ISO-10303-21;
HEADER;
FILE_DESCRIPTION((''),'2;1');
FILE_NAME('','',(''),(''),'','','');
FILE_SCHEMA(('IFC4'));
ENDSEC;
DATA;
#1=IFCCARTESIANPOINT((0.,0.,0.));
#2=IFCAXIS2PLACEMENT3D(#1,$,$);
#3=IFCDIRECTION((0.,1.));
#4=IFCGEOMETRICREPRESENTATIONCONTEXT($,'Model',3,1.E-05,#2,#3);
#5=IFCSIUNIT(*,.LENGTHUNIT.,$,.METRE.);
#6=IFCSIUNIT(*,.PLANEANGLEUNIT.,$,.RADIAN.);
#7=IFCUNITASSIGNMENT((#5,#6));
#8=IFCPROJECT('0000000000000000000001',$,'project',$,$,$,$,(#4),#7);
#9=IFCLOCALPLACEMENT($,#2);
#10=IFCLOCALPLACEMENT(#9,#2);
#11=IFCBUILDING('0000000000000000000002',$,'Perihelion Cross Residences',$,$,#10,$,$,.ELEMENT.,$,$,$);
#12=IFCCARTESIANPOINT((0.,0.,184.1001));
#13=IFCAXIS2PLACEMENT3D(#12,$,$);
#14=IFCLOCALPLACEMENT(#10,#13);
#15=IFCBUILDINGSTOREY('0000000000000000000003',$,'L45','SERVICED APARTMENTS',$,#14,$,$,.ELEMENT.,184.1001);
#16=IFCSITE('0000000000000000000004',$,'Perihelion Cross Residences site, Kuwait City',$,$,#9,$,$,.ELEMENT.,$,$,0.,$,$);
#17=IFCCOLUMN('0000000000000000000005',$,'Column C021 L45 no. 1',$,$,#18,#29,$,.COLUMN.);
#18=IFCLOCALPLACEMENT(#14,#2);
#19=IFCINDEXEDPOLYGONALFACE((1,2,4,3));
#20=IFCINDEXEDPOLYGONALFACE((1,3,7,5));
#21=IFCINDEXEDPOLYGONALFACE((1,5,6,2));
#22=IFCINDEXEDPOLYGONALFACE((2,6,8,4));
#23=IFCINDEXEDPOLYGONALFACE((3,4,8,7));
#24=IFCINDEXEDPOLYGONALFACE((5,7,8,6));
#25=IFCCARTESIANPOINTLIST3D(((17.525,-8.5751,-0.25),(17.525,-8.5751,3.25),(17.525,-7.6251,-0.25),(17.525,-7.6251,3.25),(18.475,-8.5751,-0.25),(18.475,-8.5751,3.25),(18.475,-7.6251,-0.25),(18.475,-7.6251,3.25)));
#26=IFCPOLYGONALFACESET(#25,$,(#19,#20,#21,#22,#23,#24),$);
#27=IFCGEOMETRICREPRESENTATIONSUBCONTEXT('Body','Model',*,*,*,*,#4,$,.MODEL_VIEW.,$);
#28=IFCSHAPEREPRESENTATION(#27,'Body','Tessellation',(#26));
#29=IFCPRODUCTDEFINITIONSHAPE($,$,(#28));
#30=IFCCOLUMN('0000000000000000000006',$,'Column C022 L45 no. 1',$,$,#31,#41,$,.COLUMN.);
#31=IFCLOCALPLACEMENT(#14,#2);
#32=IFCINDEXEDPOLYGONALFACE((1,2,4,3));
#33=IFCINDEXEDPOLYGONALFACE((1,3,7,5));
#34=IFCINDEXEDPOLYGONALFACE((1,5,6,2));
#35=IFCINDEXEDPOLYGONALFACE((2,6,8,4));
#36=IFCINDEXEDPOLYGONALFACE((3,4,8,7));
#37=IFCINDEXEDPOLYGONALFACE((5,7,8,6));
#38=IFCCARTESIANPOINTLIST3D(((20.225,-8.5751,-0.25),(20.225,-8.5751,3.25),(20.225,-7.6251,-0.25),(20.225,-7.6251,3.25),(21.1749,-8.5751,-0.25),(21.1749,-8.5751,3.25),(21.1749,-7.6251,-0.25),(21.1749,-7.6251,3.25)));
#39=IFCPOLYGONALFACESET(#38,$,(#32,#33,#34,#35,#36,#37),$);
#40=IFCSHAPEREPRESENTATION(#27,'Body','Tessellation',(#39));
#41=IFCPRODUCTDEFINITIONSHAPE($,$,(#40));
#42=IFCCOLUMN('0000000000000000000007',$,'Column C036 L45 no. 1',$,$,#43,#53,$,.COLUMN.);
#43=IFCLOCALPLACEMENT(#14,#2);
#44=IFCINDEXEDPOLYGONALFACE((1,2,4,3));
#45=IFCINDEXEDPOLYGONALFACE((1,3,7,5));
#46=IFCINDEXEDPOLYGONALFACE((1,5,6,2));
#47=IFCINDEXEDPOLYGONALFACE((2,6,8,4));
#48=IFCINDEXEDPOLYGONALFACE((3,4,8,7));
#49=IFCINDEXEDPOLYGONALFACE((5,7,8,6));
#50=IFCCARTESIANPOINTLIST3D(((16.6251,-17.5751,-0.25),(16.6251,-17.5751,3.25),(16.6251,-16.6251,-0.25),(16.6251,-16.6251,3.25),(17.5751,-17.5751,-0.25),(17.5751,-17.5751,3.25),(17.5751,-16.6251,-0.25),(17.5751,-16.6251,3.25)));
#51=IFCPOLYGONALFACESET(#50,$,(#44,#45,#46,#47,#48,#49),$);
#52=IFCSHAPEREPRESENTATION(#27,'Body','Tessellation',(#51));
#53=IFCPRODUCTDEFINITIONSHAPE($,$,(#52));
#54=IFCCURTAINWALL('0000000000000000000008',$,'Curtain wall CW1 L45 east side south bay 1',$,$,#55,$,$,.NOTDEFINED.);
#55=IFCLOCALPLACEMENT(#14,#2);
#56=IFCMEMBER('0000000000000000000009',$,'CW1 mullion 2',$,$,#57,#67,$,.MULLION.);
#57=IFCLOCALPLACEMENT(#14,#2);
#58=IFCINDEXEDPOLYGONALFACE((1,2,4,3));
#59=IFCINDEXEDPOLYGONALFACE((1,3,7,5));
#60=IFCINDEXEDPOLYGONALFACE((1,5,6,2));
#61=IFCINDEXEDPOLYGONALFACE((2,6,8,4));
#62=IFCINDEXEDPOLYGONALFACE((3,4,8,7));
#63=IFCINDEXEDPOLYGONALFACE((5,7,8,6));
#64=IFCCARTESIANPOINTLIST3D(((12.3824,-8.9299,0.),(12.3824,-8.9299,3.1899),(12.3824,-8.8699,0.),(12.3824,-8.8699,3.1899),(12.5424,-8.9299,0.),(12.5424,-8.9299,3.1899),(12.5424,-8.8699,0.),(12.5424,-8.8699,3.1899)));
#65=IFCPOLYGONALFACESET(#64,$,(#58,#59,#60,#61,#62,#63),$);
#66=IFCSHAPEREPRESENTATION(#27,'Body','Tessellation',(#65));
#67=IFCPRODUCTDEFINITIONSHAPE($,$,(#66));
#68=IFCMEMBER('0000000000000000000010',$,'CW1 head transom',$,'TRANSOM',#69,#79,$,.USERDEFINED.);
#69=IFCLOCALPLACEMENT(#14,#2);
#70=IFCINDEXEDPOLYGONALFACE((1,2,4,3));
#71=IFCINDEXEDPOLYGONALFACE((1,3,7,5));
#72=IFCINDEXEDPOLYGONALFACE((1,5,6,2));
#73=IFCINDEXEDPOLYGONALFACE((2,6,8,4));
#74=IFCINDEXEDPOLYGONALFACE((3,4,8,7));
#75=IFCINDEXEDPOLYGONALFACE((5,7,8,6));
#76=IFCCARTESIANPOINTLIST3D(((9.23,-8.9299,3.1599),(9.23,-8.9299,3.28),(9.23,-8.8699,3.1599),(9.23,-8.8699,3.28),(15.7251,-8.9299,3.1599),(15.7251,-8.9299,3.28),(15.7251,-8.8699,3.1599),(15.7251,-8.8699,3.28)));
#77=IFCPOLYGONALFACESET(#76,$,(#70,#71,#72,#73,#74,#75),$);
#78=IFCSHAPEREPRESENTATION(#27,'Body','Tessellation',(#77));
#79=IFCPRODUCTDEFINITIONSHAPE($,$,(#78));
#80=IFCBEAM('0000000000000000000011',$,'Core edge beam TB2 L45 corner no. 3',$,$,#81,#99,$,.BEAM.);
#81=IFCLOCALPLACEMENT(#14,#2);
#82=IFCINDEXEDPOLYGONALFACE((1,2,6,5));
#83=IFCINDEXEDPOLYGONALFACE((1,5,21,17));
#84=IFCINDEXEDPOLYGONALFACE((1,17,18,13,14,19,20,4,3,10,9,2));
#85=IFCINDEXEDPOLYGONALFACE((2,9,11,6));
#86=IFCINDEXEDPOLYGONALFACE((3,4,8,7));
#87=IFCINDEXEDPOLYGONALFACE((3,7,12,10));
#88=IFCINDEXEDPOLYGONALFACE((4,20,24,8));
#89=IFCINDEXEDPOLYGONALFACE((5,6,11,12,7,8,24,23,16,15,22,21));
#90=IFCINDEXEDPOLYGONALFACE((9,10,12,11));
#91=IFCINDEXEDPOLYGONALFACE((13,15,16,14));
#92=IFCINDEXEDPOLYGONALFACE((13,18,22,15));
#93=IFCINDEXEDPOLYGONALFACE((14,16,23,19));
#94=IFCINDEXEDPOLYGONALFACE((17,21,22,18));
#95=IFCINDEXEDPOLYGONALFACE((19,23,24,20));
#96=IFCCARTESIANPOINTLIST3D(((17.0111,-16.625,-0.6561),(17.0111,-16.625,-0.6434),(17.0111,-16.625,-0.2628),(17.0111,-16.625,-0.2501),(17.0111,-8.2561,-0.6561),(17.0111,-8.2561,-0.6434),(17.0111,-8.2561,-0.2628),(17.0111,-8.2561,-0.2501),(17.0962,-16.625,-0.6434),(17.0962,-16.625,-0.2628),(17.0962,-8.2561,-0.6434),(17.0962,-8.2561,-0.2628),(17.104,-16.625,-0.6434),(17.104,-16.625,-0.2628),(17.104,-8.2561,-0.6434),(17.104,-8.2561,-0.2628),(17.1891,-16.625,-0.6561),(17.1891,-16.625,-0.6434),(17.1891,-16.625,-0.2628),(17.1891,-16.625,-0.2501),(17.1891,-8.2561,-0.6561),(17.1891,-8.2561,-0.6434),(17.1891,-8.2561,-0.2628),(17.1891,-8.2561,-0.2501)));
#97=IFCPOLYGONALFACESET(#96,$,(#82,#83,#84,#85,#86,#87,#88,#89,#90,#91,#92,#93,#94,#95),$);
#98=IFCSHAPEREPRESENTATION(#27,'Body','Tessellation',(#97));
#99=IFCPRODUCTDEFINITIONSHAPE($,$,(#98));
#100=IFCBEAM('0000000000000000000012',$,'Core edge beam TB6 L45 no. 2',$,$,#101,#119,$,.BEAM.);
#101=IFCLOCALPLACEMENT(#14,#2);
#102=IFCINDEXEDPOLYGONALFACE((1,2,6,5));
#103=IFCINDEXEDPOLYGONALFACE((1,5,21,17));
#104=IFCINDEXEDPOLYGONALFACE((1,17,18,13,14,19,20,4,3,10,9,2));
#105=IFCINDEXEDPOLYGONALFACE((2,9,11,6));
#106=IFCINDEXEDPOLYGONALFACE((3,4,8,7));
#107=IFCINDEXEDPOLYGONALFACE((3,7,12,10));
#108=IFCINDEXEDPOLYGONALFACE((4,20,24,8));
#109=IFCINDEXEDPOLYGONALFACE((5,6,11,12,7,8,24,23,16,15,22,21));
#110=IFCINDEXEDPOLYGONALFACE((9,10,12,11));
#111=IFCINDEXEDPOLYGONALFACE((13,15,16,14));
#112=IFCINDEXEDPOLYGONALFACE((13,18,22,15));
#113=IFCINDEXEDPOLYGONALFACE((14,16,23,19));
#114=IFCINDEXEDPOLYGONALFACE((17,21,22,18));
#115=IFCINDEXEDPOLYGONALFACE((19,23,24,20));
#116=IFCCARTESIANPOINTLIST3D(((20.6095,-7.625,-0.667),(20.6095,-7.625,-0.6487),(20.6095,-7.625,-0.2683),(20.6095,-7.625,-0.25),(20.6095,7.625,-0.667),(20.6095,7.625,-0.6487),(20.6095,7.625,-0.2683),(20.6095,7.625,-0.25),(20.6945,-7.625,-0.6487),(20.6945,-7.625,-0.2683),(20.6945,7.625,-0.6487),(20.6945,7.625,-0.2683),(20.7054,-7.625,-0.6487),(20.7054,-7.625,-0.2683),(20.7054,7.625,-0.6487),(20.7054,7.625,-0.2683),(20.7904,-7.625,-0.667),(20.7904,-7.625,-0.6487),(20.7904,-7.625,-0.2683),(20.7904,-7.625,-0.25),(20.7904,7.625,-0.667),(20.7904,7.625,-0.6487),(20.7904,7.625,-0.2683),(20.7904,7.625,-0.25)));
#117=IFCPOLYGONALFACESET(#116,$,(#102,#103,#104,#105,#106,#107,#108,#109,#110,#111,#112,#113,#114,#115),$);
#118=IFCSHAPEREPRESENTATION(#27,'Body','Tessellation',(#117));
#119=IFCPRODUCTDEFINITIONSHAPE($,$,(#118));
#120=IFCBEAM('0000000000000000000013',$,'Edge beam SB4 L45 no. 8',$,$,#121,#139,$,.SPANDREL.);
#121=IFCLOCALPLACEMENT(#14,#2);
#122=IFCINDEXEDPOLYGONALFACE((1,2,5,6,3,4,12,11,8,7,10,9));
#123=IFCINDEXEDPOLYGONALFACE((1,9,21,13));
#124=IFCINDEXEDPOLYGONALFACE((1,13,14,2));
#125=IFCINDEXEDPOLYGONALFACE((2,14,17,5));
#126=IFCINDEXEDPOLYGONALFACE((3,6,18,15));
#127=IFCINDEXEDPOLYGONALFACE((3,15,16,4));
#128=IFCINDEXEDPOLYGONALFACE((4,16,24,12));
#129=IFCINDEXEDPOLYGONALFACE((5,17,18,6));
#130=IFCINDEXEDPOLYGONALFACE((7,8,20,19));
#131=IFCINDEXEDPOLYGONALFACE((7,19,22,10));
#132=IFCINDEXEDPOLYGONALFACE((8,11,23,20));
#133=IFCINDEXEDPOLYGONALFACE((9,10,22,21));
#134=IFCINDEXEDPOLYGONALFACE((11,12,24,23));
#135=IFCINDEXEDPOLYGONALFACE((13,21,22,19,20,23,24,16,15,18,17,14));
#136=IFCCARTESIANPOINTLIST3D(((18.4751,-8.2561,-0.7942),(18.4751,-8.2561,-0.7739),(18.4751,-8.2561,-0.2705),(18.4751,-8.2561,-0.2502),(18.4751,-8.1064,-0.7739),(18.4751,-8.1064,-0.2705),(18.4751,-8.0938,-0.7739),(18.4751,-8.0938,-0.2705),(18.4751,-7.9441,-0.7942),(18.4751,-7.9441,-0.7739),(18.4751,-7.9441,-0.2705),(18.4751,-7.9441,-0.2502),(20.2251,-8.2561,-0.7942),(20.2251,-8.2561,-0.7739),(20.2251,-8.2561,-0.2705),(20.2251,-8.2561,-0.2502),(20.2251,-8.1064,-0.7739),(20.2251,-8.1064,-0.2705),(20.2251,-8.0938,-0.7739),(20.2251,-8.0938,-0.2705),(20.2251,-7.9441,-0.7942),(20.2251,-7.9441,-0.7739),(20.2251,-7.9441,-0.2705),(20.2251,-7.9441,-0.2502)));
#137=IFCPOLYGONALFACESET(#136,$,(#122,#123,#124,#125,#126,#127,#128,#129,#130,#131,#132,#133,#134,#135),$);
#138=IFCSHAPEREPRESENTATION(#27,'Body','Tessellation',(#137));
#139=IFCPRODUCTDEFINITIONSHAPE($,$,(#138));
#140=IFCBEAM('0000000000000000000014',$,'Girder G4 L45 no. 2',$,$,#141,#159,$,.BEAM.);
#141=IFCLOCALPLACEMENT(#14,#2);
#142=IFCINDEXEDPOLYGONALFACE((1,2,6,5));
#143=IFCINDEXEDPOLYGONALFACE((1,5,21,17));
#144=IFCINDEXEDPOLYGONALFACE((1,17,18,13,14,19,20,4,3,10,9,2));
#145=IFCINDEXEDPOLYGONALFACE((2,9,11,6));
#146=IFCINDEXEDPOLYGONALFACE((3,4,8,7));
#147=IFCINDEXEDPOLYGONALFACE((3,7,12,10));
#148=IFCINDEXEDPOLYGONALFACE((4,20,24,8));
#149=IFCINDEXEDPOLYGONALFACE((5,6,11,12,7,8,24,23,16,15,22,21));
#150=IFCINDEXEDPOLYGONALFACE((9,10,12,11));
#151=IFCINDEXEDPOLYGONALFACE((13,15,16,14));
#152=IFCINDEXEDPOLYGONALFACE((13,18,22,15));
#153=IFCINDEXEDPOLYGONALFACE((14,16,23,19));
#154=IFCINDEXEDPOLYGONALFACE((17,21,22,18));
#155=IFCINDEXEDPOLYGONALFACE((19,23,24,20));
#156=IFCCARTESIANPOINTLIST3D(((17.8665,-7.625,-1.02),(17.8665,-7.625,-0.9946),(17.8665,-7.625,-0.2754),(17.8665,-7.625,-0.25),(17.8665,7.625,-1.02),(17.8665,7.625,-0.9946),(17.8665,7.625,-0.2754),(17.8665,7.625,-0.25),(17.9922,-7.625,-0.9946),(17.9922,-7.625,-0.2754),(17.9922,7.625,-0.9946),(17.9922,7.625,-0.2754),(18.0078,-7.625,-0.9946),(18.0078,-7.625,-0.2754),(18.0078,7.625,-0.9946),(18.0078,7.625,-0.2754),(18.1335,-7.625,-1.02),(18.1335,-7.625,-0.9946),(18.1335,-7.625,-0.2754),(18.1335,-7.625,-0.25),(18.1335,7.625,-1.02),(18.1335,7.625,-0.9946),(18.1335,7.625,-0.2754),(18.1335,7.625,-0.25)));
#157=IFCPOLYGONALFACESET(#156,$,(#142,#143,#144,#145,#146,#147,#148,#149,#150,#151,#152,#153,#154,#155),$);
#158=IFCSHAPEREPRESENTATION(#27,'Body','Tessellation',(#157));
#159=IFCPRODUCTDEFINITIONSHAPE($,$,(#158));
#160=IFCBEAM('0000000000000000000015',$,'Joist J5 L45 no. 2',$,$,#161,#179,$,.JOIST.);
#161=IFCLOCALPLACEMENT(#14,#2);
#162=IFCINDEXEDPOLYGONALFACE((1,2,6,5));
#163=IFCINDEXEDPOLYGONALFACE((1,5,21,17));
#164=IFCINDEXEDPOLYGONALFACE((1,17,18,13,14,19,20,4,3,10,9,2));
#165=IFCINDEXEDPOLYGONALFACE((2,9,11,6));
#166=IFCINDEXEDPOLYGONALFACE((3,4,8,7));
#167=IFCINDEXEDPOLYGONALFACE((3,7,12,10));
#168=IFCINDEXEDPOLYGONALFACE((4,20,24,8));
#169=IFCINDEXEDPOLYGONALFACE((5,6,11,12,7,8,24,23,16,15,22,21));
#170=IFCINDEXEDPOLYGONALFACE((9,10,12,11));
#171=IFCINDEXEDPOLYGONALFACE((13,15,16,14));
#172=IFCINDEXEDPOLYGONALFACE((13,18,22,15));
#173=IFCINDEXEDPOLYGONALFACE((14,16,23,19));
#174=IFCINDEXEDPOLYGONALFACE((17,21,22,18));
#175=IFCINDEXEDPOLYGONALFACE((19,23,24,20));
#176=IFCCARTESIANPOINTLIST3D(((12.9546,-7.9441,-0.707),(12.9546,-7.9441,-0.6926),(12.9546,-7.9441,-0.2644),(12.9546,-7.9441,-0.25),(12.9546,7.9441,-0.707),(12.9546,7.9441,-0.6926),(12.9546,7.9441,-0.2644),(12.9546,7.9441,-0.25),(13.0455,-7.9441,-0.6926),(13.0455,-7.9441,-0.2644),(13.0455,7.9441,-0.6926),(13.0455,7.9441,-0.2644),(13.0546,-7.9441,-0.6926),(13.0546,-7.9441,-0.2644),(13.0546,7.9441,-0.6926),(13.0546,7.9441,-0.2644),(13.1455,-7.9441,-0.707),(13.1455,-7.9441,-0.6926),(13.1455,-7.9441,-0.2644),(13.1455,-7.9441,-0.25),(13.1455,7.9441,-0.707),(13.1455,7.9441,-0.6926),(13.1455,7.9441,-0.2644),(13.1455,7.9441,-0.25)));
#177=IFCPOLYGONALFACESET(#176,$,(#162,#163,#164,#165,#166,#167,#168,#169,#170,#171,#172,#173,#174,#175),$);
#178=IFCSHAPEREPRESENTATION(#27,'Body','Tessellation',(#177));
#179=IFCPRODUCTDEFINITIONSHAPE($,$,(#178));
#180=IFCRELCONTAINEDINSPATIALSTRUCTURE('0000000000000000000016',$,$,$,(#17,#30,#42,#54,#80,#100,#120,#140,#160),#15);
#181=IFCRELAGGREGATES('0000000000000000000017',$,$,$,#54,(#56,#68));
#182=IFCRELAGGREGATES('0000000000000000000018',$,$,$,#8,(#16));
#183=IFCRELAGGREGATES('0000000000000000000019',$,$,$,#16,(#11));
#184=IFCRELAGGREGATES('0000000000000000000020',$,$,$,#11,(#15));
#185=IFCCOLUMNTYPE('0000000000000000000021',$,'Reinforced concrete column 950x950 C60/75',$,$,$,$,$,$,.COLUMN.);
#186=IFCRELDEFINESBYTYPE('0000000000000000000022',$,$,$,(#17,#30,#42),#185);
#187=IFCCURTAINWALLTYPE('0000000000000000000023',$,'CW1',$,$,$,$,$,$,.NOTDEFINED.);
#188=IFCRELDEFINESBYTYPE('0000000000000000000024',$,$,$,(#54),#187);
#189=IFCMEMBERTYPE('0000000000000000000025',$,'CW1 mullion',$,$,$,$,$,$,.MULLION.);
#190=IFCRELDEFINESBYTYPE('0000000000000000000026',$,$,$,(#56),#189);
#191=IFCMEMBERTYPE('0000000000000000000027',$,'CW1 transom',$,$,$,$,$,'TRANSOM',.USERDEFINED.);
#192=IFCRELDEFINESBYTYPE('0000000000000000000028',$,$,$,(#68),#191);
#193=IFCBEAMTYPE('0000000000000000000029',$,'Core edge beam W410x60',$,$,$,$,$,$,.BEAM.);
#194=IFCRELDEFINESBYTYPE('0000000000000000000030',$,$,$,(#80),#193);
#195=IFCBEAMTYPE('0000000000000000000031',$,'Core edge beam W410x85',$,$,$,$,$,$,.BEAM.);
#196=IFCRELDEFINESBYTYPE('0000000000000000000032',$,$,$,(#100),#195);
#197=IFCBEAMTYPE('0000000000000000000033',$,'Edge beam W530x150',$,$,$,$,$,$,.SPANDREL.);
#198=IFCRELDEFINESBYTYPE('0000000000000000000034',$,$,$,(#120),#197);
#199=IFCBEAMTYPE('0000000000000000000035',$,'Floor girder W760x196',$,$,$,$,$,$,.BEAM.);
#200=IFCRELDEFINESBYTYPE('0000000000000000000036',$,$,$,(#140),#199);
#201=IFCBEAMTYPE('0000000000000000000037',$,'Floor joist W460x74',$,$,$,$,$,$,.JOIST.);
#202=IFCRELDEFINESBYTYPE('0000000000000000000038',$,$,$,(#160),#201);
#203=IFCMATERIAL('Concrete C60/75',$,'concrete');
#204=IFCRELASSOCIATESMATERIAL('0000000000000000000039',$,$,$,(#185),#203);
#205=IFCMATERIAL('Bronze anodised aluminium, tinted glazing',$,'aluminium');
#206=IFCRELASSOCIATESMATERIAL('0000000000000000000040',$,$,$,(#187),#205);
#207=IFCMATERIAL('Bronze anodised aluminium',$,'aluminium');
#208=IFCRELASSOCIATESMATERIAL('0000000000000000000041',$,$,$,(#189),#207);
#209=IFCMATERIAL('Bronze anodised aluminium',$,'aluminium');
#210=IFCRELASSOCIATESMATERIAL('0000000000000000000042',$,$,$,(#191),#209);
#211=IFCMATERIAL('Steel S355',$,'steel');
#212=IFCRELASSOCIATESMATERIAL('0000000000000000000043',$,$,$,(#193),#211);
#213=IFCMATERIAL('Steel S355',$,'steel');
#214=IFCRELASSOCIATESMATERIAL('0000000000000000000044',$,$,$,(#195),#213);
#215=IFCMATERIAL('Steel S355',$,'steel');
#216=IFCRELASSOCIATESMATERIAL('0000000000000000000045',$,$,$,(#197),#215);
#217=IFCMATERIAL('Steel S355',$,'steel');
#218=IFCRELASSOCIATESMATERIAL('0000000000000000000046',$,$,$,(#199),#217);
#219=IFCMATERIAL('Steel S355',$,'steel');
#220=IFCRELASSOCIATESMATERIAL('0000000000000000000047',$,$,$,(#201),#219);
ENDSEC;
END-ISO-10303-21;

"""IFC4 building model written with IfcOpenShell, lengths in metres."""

from ifc_helpers import new_model, si_unit, direction, frame, origin, origin_2d, place, context, subcontext, project, spatial, rectangle, i_section, extrude, material, material_profile, profile_set, type_object, element, aggregate, save


model = new_model("IFC4")

# Units and contexts
model_context = context("Model", 3, precision=1e-05, world=origin(), true_north=direction((0.0, 1.0)))
body_context = subcontext(model_context, "Body", "Model", "MODEL_VIEW")
ifc_project = project(units=[si_unit("LENGTHUNIT", "METRE"), si_unit("PLANEANGLEUNIT", "RADIAN")], contexts=[model_context])

# Site, building, storey
site_placement = place(None, origin())
site = spatial("IfcSite", under=ifc_project, at=site_placement, Name="Perihelion Cross Residences site, Kuwait City", CompositionType="ELEMENT", RefElevation=0.0)
building_placement = place(site_placement, origin())
building = spatial("IfcBuilding", under=site, at=building_placement, Name="Perihelion Cross Residences", CompositionType="ELEMENT")
storey_placement = place(building_placement, frame((0.0, 0.0, 184.1001)))
storey = spatial("IfcBuildingStorey", under=building, at=storey_placement, Name="L45", Description="SERVICED APARTMENTS", CompositionType="ELEMENT", Elevation=184.1001)

# Columns
ifc_material_1 = material(Name="Concrete C60/75", Category="concrete")
ifc_material_profile_1 = material_profile(ifc_material_1, rectangle(XDim=0.95, YDim=0.95, at=origin_2d()), Name="RC 950x950")
ifc_profile_set_1 = profile_set([ifc_material_profile_1], Name="Concrete C60/75")
column_type = type_object("IfcColumnType", Name="Reinforced concrete column 950x950 C60/75", PredefinedType="COLUMN", material=ifc_profile_set_1)
for number, where, z_axis, x_axis, name in (
    (1, (18.0, -8.1001, -0.25), (0.0, 0.0, 1.0), (1.0, 0.0, 0.0), "Column C021 L45 no. 1"),
    (2, (20.7, -8.1001, -0.25), (0.0, 0.0, 1.0), (1.0, 0.0, 0.0), "Column C022 L45 no. 1"),
    (3, (17.1001, -17.1001, -0.25), (0.0, 0.0, 1.0), (1.0, 0.0, 0.0), "Column C036 L45 no. 1"),
):
    element("IfcColumn", number, at=place(storey_placement, frame(where, z_axis=z_axis, x_axis=x_axis)), inside=storey, type_object=column_type, Name=name, PredefinedType="COLUMN", context=body_context, shape_type="SweptSolid", body=[
        extrude(rectangle(XDim=0.95, YDim=0.95, at=origin_2d()), origin(), (0.0, 0.0, 1.0), 3.5),
    ])

# Curtain wall, members
ifc_material_2 = material(Name="Bronze anodised aluminium, tinted glazing", Category="aluminium")
curtain_wall_type = type_object("IfcCurtainWallType", Name="CW1", PredefinedType="NOTDEFINED", material=ifc_material_2)
curtain_wall_placement = place(storey_placement, origin())
curtain_wall = element("IfcCurtainWall", 4, at=curtain_wall_placement, inside=storey, type_object=curtain_wall_type, Name="Curtain wall CW1 L45 east side south bay 1", PredefinedType="NOTDEFINED")
ifc_material_3 = material(Name="Bronze anodised aluminium", Category="aluminium")
ifc_material_profile_2 = material_profile(ifc_material_3, rectangle(XDim=0.0601, YDim=0.1599, at=origin_2d()), Name="CW1 mullion")
ifc_profile_set_2 = profile_set([ifc_material_profile_2], Name="Bronze anodised aluminium")
member_type_1 = type_object("IfcMemberType", Name="CW1 mullion", PredefinedType="MULLION", material=ifc_profile_set_2)
member_1_placement = place(storey_placement, frame((12.4624, -8.8999, 0.0), z_axis=(0.0, 0.0, 1.0), x_axis=(0.0, 1.0, 0.0)))
member_1 = element("IfcMember", 5, at=member_1_placement, type_object=member_type_1, Name="CW1 mullion 2", PredefinedType="MULLION", context=body_context, shape_type="SweptSolid", body=[
    extrude(rectangle(XDim=0.0601, YDim=0.1599, at=origin_2d()), origin(), (0.0, 0.0, 1.0), 3.1899),
])
ifc_material_4 = material(Name="Bronze anodised aluminium", Category="aluminium")
ifc_material_profile_3 = material_profile(ifc_material_4, rectangle(XDim=0.0601, YDim=0.1201, at=origin_2d()), Name="CW1 transom")
ifc_profile_set_3 = profile_set([ifc_material_profile_3], Name="Bronze anodised aluminium")
member_type_2 = type_object("IfcMemberType", Name="CW1 transom", ElementType="TRANSOM", PredefinedType="USERDEFINED", material=ifc_profile_set_3)
member_2_placement = place(storey_placement, frame((9.23, -8.8999, 3.22), z_axis=(1.0, 0.0, 0.0), x_axis=(0.0, 1.0, 0.0)))
member_2 = element("IfcMember", 6, at=member_2_placement, type_object=member_type_2, Name="CW1 head transom", ObjectType="TRANSOM", PredefinedType="USERDEFINED", context=body_context, shape_type="SweptSolid", body=[
    extrude(rectangle(XDim=0.0601, YDim=0.1201, at=origin_2d()), origin(), (0.0, 0.0, 1.0), 6.4951),
])

# Beams
ifc_material_5 = material(Name="Steel S355", Category="steel")
ifc_material_profile_4 = material_profile(ifc_material_5, i_section(OverallWidth=0.178, OverallDepth=0.406, WebThickness=0.0078, FlangeThickness=0.0127, at=origin_2d()), Name="W410x60")
ifc_profile_set_4 = profile_set([ifc_material_profile_4], Name="Steel S355")
beam_type_1 = type_object("IfcBeamType", Name="Core edge beam W410x60", PredefinedType="BEAM", material=ifc_profile_set_4)
beam_1_placement = place(storey_placement, frame((17.1001, -8.2561, -0.4531), z_axis=(0.0, -1.0, 0.0), x_axis=(1.0, 0.0, 0.0)))
element("IfcBeam", 7, at=beam_1_placement, inside=storey, type_object=beam_type_1, Name="Core edge beam TB2 L45 corner no. 3", PredefinedType="BEAM", context=body_context, shape_type="SweptSolid", body=[
    extrude(i_section(OverallWidth=0.178, OverallDepth=0.406, WebThickness=0.0078, FlangeThickness=0.0127, at=origin_2d()), origin(), (0.0, 0.0, 1.0), 8.3689),
])
ifc_material_6 = material(Name="Steel S355", Category="steel")
ifc_material_profile_5 = material_profile(ifc_material_6, i_section(OverallWidth=0.1809, OverallDepth=0.417, WebThickness=0.011, FlangeThickness=0.0183, at=origin_2d()), Name="W410x85")
ifc_profile_set_5 = profile_set([ifc_material_profile_5], Name="Steel S355")
beam_type_2 = type_object("IfcBeamType", Name="Core edge beam W410x85", PredefinedType="BEAM", material=ifc_profile_set_5)
beam_2_placement = place(storey_placement, frame((20.7, -7.625, -0.4585), z_axis=(0.0, 1.0, 0.0), x_axis=(-1.0, 0.0, 0.0)))
element("IfcBeam", 8, at=beam_2_placement, inside=storey, type_object=beam_type_2, Name="Core edge beam TB6 L45 no. 2", PredefinedType="BEAM", context=body_context, shape_type="SweptSolid", body=[
    extrude(i_section(OverallWidth=0.1809, OverallDepth=0.417, WebThickness=0.011, FlangeThickness=0.0183, at=origin_2d()), origin(), (0.0, 0.0, 1.0), 15.25),
])
ifc_material_7 = material(Name="Steel S355", Category="steel")
ifc_material_profile_6 = material_profile(ifc_material_7, i_section(OverallWidth=0.312, OverallDepth=0.5439, WebThickness=0.0127, FlangeThickness=0.0203, at=origin_2d()), Name="W530x150")
ifc_profile_set_6 = profile_set([ifc_material_profile_6], Name="Steel S355")
beam_type_3 = type_object("IfcBeamType", Name="Edge beam W530x150", PredefinedType="SPANDREL", material=ifc_profile_set_6)
beam_3_placement = place(storey_placement, frame((18.4751, -8.1001, -0.5222), z_axis=(1.0, 0.0, 0.0), x_axis=(0.0, 1.0, 0.0)))
element("IfcBeam", 9, at=beam_3_placement, inside=storey, type_object=beam_type_3, Name="Edge beam SB4 L45 no. 8", PredefinedType="SPANDREL", context=body_context, shape_type="SweptSolid", body=[
    extrude(i_section(OverallWidth=0.312, OverallDepth=0.5439, WebThickness=0.0127, FlangeThickness=0.0203, at=origin_2d()), origin(), (0.0, 0.0, 1.0), 1.75),
])
ifc_material_8 = material(Name="Steel S355", Category="steel")
ifc_material_profile_7 = material_profile(ifc_material_8, i_section(OverallWidth=0.2671, OverallDepth=0.77, WebThickness=0.0156, FlangeThickness=0.0254, at=origin_2d()), Name="W760x196")
ifc_profile_set_7 = profile_set([ifc_material_profile_7], Name="Steel S355")
beam_type_4 = type_object("IfcBeamType", Name="Floor girder W760x196", PredefinedType="BEAM", material=ifc_profile_set_7)
beam_4_placement = place(storey_placement, frame((18.0, -7.625, -0.635), z_axis=(0.0, 1.0, 0.0), x_axis=(-1.0, 0.0, 0.0)))
element("IfcBeam", 10, at=beam_4_placement, inside=storey, type_object=beam_type_4, Name="Girder G4 L45 no. 2", PredefinedType="BEAM", context=body_context, shape_type="SweptSolid", body=[
    extrude(i_section(OverallWidth=0.2671, OverallDepth=0.77, WebThickness=0.0156, FlangeThickness=0.0254, at=origin_2d()), origin(), (0.0, 0.0, 1.0), 15.25),
])
ifc_material_9 = material(Name="Steel S355", Category="steel")
ifc_material_profile_8 = material_profile(ifc_material_9, i_section(OverallWidth=0.1909, OverallDepth=0.457, WebThickness=0.009, FlangeThickness=0.0144, at=origin_2d()), Name="W460x74")
ifc_profile_set_8 = profile_set([ifc_material_profile_8], Name="Steel S355")
beam_type_5 = type_object("IfcBeamType", Name="Floor joist W460x74", PredefinedType="JOIST", material=ifc_profile_set_8)
beam_5_placement = place(storey_placement, frame((13.05, -7.9441, -0.4785), z_axis=(0.0, 1.0, 0.0), x_axis=(-1.0, 0.0, 0.0)))
element("IfcBeam", 11, at=beam_5_placement, inside=storey, type_object=beam_type_5, Name="Joist J5 L45 no. 2", PredefinedType="JOIST", context=body_context, shape_type="SweptSolid", body=[
    extrude(i_section(OverallWidth=0.1909, OverallDepth=0.457, WebThickness=0.009, FlangeThickness=0.0144, at=origin_2d()), origin(), (0.0, 0.0, 1.0), 15.8882),
])

aggregate(curtain_wall, [member_1, member_2])

save(model, "model.ifc")
